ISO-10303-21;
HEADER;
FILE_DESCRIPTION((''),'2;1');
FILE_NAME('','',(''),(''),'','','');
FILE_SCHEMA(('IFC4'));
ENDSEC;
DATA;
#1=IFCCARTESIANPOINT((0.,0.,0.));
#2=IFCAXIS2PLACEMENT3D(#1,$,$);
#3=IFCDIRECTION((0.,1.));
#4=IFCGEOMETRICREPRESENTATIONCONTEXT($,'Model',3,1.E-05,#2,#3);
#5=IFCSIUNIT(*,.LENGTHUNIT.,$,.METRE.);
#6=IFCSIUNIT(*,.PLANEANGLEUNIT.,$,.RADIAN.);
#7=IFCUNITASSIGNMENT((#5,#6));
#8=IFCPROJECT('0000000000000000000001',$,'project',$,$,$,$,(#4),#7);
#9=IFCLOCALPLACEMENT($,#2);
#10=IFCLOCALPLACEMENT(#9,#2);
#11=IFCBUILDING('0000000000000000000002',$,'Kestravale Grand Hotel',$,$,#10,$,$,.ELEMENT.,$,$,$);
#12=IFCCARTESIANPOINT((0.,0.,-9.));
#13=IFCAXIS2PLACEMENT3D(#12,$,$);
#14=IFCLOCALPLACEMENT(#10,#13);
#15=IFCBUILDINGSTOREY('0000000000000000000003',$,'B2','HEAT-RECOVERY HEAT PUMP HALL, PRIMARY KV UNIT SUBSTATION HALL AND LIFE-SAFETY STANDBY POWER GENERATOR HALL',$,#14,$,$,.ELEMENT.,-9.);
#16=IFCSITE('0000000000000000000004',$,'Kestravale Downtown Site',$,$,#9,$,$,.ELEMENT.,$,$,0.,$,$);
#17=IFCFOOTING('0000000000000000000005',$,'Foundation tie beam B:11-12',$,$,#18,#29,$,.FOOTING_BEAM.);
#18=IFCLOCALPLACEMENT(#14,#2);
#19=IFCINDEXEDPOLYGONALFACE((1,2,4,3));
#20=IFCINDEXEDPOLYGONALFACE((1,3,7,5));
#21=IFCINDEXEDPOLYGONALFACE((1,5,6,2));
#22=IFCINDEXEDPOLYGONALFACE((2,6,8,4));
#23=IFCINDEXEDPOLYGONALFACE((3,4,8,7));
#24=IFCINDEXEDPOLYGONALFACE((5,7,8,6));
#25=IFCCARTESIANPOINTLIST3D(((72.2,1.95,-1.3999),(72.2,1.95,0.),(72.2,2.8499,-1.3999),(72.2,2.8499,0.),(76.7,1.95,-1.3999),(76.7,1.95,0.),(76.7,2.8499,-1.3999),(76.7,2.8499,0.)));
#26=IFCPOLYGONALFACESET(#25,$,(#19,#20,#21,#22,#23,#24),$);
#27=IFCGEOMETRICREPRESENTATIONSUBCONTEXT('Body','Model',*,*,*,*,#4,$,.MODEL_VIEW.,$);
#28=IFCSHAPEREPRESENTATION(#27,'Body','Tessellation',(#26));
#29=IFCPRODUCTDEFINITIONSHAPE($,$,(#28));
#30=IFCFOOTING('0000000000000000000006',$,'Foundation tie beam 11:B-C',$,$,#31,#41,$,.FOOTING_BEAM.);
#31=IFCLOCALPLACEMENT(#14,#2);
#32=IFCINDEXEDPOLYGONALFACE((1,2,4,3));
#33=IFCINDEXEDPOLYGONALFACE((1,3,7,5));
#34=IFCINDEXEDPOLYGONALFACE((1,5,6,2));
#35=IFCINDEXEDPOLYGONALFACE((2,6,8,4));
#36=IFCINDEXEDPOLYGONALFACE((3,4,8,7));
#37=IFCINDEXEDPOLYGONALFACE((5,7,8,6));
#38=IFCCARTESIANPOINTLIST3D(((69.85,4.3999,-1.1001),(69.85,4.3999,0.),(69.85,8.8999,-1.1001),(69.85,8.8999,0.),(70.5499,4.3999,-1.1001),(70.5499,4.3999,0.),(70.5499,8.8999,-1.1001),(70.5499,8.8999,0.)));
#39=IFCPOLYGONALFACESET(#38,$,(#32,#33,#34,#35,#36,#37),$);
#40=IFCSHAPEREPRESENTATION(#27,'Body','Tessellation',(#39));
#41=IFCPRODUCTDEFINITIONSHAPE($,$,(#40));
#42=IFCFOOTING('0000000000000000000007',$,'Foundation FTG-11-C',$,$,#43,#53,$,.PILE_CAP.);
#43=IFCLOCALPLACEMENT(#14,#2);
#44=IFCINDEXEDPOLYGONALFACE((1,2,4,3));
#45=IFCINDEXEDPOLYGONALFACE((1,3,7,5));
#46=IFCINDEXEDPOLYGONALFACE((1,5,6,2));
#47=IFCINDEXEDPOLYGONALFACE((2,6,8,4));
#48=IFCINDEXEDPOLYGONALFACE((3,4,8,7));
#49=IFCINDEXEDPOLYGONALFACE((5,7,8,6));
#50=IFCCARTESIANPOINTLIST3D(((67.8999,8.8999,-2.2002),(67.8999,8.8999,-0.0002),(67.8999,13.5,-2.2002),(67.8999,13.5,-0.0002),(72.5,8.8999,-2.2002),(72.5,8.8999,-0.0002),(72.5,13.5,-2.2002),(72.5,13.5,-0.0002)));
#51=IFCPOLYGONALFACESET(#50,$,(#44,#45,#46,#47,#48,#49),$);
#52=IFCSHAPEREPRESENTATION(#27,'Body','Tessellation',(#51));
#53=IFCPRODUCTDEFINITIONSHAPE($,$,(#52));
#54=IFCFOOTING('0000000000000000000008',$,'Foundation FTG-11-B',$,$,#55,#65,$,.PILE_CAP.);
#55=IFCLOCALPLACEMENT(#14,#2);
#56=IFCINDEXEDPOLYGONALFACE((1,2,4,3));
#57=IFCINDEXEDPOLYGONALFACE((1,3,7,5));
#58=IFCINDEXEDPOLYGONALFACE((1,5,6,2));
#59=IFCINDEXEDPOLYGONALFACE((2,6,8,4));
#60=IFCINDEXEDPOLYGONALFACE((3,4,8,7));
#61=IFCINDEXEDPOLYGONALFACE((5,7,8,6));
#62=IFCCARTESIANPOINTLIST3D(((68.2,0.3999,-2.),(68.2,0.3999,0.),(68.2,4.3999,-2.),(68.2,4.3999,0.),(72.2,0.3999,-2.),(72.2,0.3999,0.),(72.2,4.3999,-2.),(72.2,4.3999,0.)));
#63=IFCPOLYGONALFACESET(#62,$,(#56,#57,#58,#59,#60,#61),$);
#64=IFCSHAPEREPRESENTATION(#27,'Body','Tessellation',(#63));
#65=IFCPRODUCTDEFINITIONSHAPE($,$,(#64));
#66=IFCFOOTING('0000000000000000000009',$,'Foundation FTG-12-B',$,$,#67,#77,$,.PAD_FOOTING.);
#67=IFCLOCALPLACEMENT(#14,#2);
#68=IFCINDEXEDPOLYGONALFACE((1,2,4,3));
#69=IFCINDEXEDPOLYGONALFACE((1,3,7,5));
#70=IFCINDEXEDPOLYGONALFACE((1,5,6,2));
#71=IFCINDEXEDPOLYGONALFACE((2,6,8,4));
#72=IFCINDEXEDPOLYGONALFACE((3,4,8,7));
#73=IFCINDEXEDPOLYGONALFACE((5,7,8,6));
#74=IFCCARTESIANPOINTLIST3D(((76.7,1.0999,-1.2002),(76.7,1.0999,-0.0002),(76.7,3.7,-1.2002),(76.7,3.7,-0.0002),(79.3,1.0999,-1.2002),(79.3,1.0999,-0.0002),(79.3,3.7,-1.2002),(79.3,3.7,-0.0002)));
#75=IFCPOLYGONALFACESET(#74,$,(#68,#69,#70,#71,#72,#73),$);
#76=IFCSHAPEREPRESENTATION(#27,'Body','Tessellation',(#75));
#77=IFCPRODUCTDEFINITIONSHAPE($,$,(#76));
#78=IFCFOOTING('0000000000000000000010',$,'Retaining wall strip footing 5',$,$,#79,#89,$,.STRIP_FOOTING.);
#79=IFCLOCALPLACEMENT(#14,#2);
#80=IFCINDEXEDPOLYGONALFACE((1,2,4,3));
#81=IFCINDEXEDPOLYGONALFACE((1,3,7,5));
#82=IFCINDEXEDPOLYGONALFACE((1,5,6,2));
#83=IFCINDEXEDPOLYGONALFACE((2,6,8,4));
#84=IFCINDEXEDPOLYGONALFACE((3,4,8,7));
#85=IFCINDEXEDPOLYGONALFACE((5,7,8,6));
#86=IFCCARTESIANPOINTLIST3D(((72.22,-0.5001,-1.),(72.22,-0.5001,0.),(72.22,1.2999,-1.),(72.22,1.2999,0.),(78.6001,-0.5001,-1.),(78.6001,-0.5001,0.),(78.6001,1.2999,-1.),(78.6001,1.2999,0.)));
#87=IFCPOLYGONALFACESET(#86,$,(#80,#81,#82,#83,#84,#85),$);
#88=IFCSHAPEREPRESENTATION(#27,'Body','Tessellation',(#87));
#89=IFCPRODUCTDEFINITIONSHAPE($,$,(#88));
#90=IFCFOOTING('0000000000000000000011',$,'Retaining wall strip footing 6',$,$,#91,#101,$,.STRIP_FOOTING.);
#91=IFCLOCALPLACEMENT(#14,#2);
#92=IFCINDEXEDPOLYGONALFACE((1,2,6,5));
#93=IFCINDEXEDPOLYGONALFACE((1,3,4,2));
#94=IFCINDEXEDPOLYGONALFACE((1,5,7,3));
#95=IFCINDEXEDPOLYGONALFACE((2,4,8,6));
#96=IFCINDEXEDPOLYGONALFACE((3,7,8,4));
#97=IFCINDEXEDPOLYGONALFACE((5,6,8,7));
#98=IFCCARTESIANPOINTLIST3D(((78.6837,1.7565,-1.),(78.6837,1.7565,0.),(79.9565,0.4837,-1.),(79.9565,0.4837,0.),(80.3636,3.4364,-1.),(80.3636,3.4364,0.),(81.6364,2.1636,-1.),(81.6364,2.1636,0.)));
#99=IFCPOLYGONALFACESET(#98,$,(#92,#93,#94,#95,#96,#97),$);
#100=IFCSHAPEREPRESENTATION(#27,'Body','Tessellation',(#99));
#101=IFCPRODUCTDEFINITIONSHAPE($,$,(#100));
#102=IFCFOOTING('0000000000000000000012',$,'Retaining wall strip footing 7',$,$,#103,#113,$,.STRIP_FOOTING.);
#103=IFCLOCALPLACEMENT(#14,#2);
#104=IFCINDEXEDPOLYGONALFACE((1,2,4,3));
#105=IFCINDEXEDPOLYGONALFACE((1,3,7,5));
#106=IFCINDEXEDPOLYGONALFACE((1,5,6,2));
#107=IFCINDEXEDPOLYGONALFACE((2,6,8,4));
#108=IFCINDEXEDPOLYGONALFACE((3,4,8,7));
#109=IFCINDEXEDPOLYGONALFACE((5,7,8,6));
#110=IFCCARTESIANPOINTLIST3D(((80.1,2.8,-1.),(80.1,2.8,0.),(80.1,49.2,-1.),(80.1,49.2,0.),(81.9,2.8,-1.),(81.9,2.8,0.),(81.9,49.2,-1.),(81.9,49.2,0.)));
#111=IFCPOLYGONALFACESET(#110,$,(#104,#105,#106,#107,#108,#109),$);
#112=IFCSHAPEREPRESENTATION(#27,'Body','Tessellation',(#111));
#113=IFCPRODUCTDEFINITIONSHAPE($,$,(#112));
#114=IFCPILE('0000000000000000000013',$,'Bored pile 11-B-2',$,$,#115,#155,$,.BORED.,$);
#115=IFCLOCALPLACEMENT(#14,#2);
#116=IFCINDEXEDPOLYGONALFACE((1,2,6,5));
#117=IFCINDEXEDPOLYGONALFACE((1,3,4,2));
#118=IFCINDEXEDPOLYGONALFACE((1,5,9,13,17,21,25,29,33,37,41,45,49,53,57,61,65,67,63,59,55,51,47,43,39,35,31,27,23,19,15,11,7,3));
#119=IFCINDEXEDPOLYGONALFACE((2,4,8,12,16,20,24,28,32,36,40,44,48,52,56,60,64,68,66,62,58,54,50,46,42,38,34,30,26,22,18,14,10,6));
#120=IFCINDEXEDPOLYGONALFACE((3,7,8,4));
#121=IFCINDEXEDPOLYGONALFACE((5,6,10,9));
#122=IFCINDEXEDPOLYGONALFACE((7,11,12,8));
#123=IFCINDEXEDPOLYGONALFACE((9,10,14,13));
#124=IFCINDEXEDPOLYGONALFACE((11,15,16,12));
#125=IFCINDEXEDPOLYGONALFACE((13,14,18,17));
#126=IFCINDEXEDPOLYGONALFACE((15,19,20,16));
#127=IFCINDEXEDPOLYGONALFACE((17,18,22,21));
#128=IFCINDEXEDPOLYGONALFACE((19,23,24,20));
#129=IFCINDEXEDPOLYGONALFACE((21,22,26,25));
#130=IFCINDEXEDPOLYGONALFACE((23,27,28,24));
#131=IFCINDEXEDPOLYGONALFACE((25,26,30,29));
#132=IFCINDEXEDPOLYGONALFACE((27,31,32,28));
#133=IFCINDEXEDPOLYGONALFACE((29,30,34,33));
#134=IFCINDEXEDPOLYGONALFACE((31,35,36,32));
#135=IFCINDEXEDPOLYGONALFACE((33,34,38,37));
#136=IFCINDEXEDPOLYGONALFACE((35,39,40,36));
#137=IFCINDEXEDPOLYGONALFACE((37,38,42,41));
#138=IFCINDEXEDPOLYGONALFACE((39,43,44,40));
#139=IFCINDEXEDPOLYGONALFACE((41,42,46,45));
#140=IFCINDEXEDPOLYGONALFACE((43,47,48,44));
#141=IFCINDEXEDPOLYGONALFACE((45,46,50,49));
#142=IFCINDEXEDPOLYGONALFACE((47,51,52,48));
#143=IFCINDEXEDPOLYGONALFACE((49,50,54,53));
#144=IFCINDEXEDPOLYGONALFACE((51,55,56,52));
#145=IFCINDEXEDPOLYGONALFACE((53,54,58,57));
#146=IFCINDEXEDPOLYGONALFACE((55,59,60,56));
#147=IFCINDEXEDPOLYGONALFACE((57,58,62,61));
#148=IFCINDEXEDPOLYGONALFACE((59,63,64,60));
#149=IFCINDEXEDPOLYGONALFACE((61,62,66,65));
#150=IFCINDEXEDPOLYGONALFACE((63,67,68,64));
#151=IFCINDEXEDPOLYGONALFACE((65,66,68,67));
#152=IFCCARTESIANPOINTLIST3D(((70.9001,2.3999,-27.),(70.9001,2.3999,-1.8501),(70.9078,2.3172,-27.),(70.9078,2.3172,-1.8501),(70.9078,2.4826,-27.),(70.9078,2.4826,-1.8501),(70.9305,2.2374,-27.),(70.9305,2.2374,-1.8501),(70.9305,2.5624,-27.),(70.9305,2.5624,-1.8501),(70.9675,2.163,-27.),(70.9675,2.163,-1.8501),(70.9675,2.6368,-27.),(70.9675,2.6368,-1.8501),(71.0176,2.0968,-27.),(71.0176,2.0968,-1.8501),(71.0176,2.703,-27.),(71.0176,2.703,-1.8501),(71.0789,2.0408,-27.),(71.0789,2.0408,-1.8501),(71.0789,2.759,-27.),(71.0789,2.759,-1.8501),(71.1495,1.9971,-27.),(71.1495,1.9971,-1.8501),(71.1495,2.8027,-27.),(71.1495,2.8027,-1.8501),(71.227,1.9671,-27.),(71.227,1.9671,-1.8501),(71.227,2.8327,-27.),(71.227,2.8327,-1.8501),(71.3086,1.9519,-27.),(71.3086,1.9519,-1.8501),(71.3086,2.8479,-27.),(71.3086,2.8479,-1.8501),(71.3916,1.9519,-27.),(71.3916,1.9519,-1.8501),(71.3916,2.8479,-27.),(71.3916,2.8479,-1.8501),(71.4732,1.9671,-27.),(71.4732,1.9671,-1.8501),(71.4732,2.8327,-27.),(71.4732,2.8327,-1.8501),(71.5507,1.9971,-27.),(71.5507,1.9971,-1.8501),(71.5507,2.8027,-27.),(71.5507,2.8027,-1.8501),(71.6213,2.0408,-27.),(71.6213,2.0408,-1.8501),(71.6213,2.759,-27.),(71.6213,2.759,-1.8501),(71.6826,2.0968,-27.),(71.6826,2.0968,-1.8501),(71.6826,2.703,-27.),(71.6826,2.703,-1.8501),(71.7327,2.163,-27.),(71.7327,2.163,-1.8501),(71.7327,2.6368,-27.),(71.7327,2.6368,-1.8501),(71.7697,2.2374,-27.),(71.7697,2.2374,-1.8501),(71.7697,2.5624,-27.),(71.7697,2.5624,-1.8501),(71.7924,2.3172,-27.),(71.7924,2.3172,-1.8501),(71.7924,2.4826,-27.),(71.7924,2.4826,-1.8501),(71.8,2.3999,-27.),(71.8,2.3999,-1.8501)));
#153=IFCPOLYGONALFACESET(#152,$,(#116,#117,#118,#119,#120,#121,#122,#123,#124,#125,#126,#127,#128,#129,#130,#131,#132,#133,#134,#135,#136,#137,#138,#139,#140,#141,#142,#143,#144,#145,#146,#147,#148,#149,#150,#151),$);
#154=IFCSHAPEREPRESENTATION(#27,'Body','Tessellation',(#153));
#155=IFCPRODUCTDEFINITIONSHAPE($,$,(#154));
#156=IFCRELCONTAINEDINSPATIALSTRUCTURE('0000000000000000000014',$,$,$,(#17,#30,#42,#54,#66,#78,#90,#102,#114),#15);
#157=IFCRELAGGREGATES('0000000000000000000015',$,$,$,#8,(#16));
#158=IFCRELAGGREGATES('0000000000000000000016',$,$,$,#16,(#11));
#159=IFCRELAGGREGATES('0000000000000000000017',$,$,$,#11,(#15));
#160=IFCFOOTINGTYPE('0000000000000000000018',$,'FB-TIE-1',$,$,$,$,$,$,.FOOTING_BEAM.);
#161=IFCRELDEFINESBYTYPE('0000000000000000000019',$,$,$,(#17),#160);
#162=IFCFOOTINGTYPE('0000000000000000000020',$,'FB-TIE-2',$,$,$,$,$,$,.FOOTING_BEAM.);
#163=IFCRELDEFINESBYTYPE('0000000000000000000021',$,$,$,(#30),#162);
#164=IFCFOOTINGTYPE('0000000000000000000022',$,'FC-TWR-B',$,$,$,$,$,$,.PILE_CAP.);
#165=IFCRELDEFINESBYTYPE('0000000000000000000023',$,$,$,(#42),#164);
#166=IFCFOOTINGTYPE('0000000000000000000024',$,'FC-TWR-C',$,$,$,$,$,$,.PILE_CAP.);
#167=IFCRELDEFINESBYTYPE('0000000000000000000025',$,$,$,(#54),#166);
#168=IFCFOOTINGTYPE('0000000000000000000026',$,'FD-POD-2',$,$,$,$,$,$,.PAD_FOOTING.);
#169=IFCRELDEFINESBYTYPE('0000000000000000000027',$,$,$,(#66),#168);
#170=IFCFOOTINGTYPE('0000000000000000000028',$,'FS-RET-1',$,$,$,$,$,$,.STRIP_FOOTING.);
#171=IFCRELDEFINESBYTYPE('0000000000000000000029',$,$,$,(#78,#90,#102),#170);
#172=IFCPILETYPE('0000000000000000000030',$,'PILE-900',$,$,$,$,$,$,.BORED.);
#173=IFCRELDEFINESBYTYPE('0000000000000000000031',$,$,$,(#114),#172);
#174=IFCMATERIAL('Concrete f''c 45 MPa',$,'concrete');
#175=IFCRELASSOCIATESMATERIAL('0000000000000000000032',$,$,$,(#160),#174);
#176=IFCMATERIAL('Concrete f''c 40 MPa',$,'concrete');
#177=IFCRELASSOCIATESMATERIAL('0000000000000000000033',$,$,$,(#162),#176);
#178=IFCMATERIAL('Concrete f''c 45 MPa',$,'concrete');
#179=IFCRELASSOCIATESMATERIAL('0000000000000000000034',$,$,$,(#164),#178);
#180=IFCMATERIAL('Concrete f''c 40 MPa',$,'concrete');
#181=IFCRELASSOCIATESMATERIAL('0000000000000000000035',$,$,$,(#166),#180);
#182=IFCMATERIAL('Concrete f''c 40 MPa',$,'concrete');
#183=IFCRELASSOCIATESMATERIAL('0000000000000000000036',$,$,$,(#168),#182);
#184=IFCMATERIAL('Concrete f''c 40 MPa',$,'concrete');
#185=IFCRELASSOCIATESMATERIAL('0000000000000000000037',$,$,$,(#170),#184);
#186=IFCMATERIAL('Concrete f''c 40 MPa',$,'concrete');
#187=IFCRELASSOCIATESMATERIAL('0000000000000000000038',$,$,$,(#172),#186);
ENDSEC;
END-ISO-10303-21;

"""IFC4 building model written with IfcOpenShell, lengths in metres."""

from ifc_helpers import new_model, si_unit, direction, frame, origin, origin_2d, place, context, subcontext, project, spatial, rectangle, circle, extrude, material, material_profile, profile_set, type_object, element, save


model = new_model("IFC4")

# Units and contexts
model_context = context("Model", 3, precision=1e-05, world=origin(), true_north=direction((0.0, 1.0)))
body_context = subcontext(model_context, "Body", "Model", "MODEL_VIEW")
ifc_project = project(units=[si_unit("LENGTHUNIT", "METRE"), si_unit("PLANEANGLEUNIT", "RADIAN")], contexts=[model_context])

# Site, building, storey
site_placement = place(None, origin())
site = spatial("IfcSite", under=ifc_project, at=site_placement, Name="Kestravale Downtown Site", CompositionType="ELEMENT", RefElevation=0.0)
building_placement = place(site_placement, origin())
building = spatial("IfcBuilding", under=site, at=building_placement, Name="Kestravale Grand Hotel", CompositionType="ELEMENT")
storey_placement = place(building_placement, frame((0.0, 0.0, -9.0)))
storey = spatial("IfcBuildingStorey", under=building, at=storey_placement, Name="B2", Description="HEAT-RECOVERY HEAT PUMP HALL, PRIMARY KV UNIT SUBSTATION HALL AND LIFE-SAFETY STANDBY POWER GENERATOR HALL", CompositionType="ELEMENT", Elevation=-9.0)

# Footings
ifc_material_1 = material(Name="Concrete f'c 45 MPa", Category="concrete")
ifc_material_profile_1 = material_profile(ifc_material_1, rectangle(XDim=0.8999, YDim=1.3999, at=origin_2d()))
ifc_profile_set_1 = profile_set([ifc_material_profile_1], Name="Concrete f'c 45 MPa")
footing_type_1 = type_object("IfcFootingType", Name="FB-TIE-1", PredefinedType="FOOTING_BEAM", material=ifc_profile_set_1)
footing_1_placement = place(storey_placement, frame((72.2, 2.3999, -0.7), z_axis=(1.0, 0.0, 0.0), x_axis=(0.0, 1.0, 0.0)))
element("IfcFooting", 1, at=footing_1_placement, inside=storey, type_object=footing_type_1, Name="Foundation tie beam B:11-12", PredefinedType="FOOTING_BEAM", context=body_context, shape_type="SweptSolid", body=[
    extrude(rectangle(XDim=0.8999, YDim=1.3999, at=origin_2d()), origin(), (0.0, 0.0, 1.0), 4.5),
])
ifc_material_2 = material(Name="Concrete f'c 40 MPa", Category="concrete")
ifc_material_profile_2 = material_profile(ifc_material_2, rectangle(XDim=0.7, YDim=1.1001, at=origin_2d()))
ifc_profile_set_2 = profile_set([ifc_material_profile_2], Name="Concrete f'c 40 MPa")
footing_type_2 = type_object("IfcFootingType", Name="FB-TIE-2", PredefinedType="FOOTING_BEAM", material=ifc_profile_set_2)
footing_2_placement = place(storey_placement, frame((70.2, 4.3999, -0.55), z_axis=(0.0, 1.0, 0.0), x_axis=(-1.0, 0.0, 0.0)))
element("IfcFooting", 2, at=footing_2_placement, inside=storey, type_object=footing_type_2, Name="Foundation tie beam 11:B-C", PredefinedType="FOOTING_BEAM", context=body_context, shape_type="SweptSolid", body=[
    extrude(rectangle(XDim=0.7, YDim=1.1001, at=origin_2d()), origin(), (0.0, 0.0, 1.0), 4.5),
])
ifc_material_3 = material(Name="Concrete f'c 45 MPa", Category="concrete")
footing_type_3 = type_object("IfcFootingType", Name="FC-TWR-B", PredefinedType="PILE_CAP", material=ifc_material_3)
footing_3_placement = place(storey_placement, frame((70.2, 11.2, -2.2002), z_axis=(0.0, 0.0, 1.0), x_axis=(1.0, 0.0, 0.0)))
element("IfcFooting", 3, at=footing_3_placement, inside=storey, type_object=footing_type_3, Name="Foundation FTG-11-C", PredefinedType="PILE_CAP", context=body_context, shape_type="SweptSolid", body=[
    extrude(rectangle(XDim=4.6001, YDim=4.6001, at=origin_2d()), origin(), (0.0, 0.0, 1.0), 2.2),
])
ifc_material_4 = material(Name="Concrete f'c 40 MPa", Category="concrete")
footing_type_4 = type_object("IfcFootingType", Name="FC-TWR-C", PredefinedType="PILE_CAP", material=ifc_material_4)
footing_4_placement = place(storey_placement, frame((70.2, 2.3999, -2.0), z_axis=(0.0, 0.0, 1.0), x_axis=(1.0, 0.0, 0.0)))
element("IfcFooting", 4, at=footing_4_placement, inside=storey, type_object=footing_type_4, Name="Foundation FTG-11-B", PredefinedType="PILE_CAP", context=body_context, shape_type="SweptSolid", body=[
    extrude(rectangle(XDim=4.0, YDim=4.0, at=origin_2d()), origin(), (0.0, 0.0, 1.0), 2.0),
])
ifc_material_5 = material(Name="Concrete f'c 40 MPa", Category="concrete")
footing_type_5 = type_object("IfcFootingType", Name="FD-POD-2", PredefinedType="PAD_FOOTING", material=ifc_material_5)
footing_5_placement = place(storey_placement, frame((78.0, 2.3999, -1.2002), z_axis=(0.0, 0.0, 1.0), x_axis=(1.0, 0.0, 0.0)))
element("IfcFooting", 5, at=footing_5_placement, inside=storey, type_object=footing_type_5, Name="Foundation FTG-12-B", PredefinedType="PAD_FOOTING", context=body_context, shape_type="SweptSolid", body=[
    extrude(rectangle(XDim=2.6001, YDim=2.6001, at=origin_2d()), origin(), (0.0, 0.0, 1.0), 1.2),
])
ifc_material_6 = material(Name="Concrete f'c 40 MPa", Category="concrete")
ifc_material_profile_3 = material_profile(ifc_material_6, rectangle(XDim=1.8, YDim=1.0, at=origin_2d()))
ifc_profile_set_3 = profile_set([ifc_material_profile_3], Name="Concrete f'c 40 MPa")
footing_type_6 = type_object("IfcFootingType", Name="FS-RET-1", PredefinedType="STRIP_FOOTING", material=ifc_profile_set_3)
footing_6_placement = place(storey_placement, frame((72.22, 0.3999, -0.5), z_axis=(1.0, 0.0, 0.0), x_axis=(0.0, 1.0, 0.0)))
element("IfcFooting", 6, at=footing_6_placement, inside=storey, type_object=footing_type_6, Name="Retaining wall strip footing 5", PredefinedType="STRIP_FOOTING", context=body_context, shape_type="SweptSolid", body=[
    extrude(rectangle(XDim=1.8, YDim=1.0, at=origin_2d()), origin(), (0.0, 0.0, 1.0), 6.3801),
])
footing_7_placement = place(storey_placement, frame((79.3201, 1.1201, -0.5), z_axis=(0.707107, 0.707107, 0.0), x_axis=(-0.707107, 0.707107, 0.0)))
element("IfcFooting", 7, at=footing_7_placement, inside=storey, type_object=footing_type_6, Name="Retaining wall strip footing 6", PredefinedType="STRIP_FOOTING", context=body_context, shape_type="SweptSolid", body=[
    extrude(rectangle(XDim=1.8, YDim=1.0, at=origin_2d()), origin(), (0.0, 0.0, 1.0), 2.3757),
])
footing_8_placement = place(storey_placement, frame((81.0, 2.8, -0.5), z_axis=(0.0, 1.0, 0.0), x_axis=(-1.0, 0.0, 0.0)))
element("IfcFooting", 8, at=footing_8_placement, inside=storey, type_object=footing_type_6, Name="Retaining wall strip footing 7", PredefinedType="STRIP_FOOTING", context=body_context, shape_type="SweptSolid", body=[
    extrude(rectangle(XDim=1.8, YDim=1.0, at=origin_2d()), origin(), (0.0, 0.0, 1.0), 46.3999),
])

# Pile
ifc_material_7 = material(Name="Concrete f'c 40 MPa", Category="concrete")
ifc_material_profile_4 = material_profile(ifc_material_7, circle(Radius=0.45, at=origin_2d()))
ifc_profile_set_4 = profile_set([ifc_material_profile_4], Name="Concrete f'c 40 MPa")
pile_type = type_object("IfcPileType", Name="PILE-900", PredefinedType="BORED", material=ifc_profile_set_4)
pile_1_placement = place(storey_placement, frame((71.3501, 2.3999, -1.8501), z_axis=(0.0, 0.0, -1.0), x_axis=(1.0, 0.0, 0.0)))
element("IfcPile", 9, at=pile_1_placement, inside=storey, type_object=pile_type, Name="Bored pile 11-B-2", PredefinedType="BORED", context=body_context, shape_type="SweptSolid", body=[
    extrude(circle(Radius=0.45, at=origin_2d()), origin(), (0.0, 0.0, 1.0), 25.1499),
])

save(model, "model.ifc")
